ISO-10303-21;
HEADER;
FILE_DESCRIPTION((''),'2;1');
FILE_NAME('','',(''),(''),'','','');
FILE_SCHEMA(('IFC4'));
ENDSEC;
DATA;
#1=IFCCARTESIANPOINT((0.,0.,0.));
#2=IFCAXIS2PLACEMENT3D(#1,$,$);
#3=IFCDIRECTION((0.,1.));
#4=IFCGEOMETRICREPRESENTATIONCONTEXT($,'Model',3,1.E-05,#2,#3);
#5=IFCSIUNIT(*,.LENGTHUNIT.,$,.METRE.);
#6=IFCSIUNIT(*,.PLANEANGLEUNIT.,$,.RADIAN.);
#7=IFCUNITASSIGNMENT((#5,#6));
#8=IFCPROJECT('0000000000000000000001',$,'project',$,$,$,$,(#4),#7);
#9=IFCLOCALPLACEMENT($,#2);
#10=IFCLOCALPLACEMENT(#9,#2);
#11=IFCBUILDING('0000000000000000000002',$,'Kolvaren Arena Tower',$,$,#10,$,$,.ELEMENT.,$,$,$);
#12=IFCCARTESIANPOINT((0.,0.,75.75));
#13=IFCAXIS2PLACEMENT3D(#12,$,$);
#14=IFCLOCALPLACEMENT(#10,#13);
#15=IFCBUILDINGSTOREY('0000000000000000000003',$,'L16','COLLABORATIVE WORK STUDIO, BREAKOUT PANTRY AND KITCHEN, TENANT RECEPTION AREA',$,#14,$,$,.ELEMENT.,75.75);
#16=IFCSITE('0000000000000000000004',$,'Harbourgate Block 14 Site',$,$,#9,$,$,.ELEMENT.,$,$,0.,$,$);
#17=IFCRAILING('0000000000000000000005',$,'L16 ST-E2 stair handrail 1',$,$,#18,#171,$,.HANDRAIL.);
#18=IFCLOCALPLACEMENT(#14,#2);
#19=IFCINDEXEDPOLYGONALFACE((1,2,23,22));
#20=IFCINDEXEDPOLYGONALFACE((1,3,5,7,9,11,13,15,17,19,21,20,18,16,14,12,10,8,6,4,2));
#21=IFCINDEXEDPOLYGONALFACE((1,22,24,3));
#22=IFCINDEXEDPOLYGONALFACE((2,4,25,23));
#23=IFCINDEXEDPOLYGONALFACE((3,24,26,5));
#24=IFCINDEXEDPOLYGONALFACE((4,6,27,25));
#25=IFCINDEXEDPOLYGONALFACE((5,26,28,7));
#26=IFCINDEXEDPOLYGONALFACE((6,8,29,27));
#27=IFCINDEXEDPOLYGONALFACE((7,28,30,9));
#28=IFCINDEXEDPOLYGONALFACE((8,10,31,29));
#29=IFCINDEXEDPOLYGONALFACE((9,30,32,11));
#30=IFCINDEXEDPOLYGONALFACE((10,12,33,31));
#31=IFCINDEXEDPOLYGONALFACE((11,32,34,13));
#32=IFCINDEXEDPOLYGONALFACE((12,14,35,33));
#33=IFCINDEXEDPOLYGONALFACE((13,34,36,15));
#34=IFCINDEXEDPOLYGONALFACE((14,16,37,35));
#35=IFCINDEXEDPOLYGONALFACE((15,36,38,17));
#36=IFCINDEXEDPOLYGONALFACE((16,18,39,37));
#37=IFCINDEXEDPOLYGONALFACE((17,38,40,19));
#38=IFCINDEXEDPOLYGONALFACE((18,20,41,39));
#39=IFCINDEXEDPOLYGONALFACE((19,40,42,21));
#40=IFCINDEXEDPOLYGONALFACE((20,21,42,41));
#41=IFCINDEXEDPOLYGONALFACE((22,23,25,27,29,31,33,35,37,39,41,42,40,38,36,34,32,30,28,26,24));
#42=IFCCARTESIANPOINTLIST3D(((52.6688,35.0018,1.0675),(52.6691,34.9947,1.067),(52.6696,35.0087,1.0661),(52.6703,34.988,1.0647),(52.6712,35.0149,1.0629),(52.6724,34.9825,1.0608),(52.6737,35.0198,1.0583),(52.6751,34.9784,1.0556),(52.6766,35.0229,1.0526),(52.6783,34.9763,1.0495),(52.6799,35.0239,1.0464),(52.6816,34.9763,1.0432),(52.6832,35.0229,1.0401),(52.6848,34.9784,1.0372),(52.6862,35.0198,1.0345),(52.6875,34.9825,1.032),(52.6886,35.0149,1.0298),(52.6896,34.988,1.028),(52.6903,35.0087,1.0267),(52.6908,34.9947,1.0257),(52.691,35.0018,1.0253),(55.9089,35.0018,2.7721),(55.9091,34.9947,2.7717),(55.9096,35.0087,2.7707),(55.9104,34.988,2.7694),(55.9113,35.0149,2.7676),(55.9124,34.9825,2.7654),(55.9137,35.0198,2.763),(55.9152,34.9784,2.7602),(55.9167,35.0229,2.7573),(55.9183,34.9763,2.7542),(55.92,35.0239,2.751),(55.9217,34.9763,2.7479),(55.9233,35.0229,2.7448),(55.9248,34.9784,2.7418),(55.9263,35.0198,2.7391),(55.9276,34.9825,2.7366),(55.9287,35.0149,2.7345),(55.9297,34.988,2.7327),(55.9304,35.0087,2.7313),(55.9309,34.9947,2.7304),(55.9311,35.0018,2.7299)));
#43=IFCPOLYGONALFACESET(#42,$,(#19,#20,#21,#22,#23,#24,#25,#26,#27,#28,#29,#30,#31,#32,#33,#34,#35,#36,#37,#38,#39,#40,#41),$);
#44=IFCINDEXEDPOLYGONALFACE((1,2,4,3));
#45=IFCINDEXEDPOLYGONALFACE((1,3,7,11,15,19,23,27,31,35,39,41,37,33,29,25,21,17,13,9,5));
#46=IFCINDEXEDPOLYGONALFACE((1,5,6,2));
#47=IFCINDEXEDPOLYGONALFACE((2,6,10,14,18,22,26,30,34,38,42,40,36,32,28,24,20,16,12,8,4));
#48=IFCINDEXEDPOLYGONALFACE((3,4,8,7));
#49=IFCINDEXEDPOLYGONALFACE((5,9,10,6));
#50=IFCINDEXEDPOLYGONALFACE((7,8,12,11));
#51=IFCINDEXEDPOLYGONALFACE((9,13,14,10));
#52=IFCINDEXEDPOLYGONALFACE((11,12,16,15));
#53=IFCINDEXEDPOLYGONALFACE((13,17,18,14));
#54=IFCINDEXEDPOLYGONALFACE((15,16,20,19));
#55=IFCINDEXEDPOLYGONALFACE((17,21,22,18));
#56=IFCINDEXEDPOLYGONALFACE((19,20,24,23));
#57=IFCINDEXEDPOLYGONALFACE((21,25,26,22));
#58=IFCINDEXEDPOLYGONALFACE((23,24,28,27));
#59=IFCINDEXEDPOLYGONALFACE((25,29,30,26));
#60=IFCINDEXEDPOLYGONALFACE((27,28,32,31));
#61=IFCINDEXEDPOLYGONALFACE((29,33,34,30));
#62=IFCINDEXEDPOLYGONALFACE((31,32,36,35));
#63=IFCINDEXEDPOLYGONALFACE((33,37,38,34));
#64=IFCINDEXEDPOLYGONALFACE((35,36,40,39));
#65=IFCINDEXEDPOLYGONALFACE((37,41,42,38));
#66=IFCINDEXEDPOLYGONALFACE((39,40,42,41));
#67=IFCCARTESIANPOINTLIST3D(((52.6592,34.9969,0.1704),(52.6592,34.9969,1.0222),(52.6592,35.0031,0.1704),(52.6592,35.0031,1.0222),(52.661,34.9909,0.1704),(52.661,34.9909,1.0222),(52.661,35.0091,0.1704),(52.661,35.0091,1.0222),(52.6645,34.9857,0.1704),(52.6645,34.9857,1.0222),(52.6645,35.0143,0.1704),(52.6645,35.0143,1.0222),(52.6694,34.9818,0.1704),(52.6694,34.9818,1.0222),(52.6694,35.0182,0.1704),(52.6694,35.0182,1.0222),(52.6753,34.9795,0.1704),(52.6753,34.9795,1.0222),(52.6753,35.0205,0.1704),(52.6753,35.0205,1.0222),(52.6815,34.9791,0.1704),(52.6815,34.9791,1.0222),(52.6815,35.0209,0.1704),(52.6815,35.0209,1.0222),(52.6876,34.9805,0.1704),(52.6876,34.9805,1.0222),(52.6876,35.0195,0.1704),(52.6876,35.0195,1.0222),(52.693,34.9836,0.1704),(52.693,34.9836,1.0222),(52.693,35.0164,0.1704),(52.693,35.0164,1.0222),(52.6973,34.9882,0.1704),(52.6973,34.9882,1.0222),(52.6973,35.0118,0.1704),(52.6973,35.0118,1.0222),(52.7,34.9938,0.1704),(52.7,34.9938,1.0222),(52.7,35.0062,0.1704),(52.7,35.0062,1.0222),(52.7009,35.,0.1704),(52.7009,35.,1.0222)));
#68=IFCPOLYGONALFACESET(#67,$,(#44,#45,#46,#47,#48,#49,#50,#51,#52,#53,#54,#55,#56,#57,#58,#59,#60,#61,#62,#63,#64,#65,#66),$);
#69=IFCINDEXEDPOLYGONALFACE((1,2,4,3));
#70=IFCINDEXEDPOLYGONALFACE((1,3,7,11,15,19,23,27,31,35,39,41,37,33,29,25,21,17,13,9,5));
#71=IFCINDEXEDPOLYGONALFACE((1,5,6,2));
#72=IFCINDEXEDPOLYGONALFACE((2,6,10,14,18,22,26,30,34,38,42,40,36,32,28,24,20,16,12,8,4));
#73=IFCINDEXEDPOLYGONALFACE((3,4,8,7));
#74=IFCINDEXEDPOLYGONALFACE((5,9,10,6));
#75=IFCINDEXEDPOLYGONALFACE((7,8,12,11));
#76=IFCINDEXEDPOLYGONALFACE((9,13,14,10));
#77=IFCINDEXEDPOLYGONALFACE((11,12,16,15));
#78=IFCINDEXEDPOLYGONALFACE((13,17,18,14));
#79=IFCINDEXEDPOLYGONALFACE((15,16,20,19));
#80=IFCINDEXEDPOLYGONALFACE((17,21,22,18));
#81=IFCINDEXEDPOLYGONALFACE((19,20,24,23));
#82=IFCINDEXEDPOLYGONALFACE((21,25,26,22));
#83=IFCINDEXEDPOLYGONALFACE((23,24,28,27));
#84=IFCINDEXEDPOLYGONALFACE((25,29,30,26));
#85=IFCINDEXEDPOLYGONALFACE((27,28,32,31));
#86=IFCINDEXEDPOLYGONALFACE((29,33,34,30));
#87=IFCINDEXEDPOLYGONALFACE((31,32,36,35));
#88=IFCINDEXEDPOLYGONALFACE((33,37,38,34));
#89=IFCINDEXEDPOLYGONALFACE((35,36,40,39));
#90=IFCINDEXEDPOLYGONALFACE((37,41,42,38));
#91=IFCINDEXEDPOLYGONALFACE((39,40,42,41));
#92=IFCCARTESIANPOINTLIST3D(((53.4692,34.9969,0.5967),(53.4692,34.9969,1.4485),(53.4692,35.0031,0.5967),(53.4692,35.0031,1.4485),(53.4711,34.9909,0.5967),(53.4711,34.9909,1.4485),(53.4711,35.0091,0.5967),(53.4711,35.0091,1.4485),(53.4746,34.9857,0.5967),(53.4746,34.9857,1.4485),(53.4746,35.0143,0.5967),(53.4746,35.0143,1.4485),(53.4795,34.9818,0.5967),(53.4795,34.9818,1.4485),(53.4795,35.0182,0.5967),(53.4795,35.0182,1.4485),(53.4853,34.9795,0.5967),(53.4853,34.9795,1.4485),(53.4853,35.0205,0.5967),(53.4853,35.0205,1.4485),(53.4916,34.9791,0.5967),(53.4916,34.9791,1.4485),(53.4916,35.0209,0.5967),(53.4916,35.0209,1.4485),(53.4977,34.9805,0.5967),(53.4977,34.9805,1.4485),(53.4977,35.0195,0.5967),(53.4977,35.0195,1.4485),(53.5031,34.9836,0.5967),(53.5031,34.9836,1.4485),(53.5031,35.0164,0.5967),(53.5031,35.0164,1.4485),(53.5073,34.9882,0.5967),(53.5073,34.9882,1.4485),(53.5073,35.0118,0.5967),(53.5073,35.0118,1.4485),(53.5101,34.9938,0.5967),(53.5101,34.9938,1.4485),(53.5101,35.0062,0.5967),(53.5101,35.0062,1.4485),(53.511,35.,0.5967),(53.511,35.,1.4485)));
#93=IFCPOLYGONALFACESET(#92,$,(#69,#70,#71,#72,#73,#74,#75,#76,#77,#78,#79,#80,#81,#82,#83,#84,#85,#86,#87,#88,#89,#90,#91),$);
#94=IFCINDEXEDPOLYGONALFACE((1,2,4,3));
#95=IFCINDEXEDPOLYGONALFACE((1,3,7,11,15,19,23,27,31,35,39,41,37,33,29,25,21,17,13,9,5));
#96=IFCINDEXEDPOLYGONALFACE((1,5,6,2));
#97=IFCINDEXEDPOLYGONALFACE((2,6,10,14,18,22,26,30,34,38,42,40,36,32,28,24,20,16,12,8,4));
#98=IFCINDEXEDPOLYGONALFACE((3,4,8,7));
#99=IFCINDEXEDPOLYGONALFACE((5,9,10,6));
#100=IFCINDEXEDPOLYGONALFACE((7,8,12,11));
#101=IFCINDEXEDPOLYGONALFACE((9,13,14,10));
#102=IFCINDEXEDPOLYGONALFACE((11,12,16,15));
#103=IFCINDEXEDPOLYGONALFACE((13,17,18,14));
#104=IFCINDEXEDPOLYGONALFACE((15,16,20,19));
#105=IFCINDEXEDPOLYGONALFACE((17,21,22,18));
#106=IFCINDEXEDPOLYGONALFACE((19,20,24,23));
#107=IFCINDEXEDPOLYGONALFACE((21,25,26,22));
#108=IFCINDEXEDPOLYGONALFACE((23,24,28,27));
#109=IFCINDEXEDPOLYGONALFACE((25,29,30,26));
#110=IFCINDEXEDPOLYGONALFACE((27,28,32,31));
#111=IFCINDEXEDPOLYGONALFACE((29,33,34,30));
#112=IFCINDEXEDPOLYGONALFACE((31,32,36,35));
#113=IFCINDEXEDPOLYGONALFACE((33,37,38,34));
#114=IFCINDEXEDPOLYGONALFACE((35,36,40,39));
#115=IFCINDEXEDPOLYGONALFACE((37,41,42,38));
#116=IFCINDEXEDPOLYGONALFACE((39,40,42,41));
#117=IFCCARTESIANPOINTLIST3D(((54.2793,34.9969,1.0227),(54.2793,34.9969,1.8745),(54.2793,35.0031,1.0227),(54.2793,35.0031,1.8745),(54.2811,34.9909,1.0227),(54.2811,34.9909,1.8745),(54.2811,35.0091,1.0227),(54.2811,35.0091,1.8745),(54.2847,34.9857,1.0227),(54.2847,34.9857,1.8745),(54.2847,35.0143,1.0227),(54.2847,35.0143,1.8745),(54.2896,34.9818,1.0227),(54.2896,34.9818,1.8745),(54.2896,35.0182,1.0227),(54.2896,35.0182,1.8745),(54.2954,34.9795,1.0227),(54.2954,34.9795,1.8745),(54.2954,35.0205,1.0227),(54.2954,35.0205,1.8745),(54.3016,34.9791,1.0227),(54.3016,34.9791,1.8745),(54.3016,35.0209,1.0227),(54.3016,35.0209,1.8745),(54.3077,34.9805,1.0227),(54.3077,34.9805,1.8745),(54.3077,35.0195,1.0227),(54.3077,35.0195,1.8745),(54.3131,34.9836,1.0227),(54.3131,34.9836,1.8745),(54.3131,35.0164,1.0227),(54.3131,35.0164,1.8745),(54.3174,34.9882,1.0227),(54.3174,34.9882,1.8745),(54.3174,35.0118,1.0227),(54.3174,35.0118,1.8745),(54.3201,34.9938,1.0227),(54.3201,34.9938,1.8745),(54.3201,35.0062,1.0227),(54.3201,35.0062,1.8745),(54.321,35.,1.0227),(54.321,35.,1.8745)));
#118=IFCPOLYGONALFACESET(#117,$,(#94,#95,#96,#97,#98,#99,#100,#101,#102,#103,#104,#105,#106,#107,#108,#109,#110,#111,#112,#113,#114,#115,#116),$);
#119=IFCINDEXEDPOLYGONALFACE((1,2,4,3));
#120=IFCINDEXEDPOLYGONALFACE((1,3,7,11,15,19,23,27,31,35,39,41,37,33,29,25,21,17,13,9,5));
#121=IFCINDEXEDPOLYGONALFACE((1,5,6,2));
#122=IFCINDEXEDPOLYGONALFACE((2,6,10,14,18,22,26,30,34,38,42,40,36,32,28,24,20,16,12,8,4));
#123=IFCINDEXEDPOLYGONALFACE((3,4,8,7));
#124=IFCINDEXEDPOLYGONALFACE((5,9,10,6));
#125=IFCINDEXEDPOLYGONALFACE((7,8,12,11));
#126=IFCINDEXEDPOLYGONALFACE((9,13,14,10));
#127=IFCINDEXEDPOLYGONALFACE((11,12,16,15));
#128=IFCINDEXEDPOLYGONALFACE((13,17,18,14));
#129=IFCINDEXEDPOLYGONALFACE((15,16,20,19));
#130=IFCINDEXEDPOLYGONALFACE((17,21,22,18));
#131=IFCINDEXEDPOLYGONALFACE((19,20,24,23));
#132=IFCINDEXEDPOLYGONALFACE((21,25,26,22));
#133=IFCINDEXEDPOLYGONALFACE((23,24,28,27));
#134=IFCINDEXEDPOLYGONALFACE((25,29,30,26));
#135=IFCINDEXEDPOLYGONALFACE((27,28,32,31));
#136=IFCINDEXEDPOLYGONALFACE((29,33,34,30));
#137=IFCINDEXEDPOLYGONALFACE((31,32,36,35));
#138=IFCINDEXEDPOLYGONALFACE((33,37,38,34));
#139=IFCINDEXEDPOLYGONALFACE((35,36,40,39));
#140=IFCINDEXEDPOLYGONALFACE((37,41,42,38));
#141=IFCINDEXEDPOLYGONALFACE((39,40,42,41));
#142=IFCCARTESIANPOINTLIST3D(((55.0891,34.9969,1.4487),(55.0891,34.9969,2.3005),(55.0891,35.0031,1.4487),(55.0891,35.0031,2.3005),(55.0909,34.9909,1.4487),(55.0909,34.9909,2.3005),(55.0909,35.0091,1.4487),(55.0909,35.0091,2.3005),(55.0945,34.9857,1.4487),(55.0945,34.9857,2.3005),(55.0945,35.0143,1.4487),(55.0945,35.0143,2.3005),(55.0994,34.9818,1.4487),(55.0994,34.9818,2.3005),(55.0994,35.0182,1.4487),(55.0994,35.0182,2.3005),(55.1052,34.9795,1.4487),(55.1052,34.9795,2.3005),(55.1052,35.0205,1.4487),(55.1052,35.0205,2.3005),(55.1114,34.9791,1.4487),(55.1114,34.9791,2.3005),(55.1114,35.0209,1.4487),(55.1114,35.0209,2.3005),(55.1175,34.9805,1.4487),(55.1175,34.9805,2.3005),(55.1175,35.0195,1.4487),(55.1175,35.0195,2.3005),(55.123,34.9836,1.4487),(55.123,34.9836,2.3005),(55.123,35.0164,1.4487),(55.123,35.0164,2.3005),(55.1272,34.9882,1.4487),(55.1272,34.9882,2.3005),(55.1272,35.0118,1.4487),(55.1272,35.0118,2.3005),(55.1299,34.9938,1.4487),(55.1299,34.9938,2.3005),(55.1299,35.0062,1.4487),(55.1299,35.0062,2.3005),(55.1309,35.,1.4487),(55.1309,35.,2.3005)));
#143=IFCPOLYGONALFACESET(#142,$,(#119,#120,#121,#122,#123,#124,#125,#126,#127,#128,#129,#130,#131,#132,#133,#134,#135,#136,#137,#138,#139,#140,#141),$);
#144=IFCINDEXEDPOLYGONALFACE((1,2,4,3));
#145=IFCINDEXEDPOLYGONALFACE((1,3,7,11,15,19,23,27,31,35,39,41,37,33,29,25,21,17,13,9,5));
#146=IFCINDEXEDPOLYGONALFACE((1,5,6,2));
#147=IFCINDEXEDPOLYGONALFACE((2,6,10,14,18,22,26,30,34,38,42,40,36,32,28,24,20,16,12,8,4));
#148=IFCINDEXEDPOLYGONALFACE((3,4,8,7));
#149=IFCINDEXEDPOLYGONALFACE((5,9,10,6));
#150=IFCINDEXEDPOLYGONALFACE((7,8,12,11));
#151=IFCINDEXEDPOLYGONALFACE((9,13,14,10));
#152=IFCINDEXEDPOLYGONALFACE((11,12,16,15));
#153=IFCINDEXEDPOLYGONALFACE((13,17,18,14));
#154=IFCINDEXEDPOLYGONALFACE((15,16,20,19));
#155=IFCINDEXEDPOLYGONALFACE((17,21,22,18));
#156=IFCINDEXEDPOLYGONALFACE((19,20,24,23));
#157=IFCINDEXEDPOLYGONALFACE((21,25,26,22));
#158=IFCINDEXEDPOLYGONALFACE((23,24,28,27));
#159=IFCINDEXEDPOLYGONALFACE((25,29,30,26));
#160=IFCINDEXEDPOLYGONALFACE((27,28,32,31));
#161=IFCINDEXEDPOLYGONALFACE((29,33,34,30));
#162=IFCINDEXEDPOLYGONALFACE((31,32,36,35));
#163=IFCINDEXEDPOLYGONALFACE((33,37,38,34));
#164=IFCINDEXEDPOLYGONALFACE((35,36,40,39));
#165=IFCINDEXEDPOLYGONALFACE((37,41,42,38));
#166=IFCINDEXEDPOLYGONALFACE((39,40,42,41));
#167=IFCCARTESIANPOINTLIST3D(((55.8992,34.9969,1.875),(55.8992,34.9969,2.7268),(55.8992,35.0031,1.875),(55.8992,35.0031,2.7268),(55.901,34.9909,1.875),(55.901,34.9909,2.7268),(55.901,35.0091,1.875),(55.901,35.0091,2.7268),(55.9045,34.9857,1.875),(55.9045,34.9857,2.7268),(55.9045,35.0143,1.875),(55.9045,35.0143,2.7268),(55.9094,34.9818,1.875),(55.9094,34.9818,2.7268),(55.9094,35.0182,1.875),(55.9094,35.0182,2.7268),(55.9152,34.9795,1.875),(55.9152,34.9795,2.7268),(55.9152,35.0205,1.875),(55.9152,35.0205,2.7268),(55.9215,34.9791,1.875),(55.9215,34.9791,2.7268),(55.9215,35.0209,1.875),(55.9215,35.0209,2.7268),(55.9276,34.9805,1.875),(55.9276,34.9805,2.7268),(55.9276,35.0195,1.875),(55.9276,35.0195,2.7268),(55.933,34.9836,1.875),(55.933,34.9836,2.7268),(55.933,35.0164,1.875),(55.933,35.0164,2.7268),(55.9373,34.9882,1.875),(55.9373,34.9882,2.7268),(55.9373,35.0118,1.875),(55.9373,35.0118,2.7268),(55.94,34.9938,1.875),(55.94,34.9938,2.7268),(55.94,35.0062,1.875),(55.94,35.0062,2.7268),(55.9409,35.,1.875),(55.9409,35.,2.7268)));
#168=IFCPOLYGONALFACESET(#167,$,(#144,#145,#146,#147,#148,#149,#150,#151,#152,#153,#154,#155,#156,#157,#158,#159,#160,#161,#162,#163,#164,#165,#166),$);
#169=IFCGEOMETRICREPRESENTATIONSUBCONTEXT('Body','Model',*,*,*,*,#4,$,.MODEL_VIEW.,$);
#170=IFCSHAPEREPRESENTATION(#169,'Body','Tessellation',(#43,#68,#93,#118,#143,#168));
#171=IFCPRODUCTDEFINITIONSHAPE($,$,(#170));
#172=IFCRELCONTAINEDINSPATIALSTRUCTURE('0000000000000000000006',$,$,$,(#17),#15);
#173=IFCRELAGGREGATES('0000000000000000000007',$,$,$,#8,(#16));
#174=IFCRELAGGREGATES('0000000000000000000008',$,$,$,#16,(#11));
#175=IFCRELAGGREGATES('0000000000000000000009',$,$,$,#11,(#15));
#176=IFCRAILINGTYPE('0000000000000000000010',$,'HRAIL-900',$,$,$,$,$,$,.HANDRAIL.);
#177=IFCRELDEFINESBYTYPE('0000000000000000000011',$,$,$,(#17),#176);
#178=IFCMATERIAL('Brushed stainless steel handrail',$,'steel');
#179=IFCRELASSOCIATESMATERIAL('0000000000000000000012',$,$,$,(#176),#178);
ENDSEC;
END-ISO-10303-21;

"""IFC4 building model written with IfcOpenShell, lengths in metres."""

from ifc_helpers import new_model, si_unit, direction, frame, origin, origin_2d, place, context, subcontext, project, spatial, circle, extrude, material, type_object, element, save


model = new_model("IFC4")

# Units and contexts
model_context = context("Model", 3, precision=1e-05, world=origin(), true_north=direction((0.0, 1.0)))
body_context = subcontext(model_context, "Body", "Model", "MODEL_VIEW")
ifc_project = project(units=[si_unit("LENGTHUNIT", "METRE"), si_unit("PLANEANGLEUNIT", "RADIAN")], contexts=[model_context])

# Site, building, storey
site_placement = place(None, origin())
site = spatial("IfcSite", under=ifc_project, at=site_placement, Name="Harbourgate Block 14 Site", CompositionType="ELEMENT", RefElevation=0.0)
building_placement = place(site_placement, origin())
building = spatial("IfcBuilding", under=site, at=building_placement, Name="Kolvaren Arena Tower", CompositionType="ELEMENT")
storey_placement = place(building_placement, frame((0.0, 0.0, 75.75)))
storey = spatial("IfcBuildingStorey", under=building, at=storey_placement, Name="L16", Description="COLLABORATIVE WORK STUDIO, BREAKOUT PANTRY AND KITCHEN, TENANT RECEPTION AREA", CompositionType="ELEMENT", Elevation=75.75)

# Railing
ifc_material_1 = material(Name="Brushed stainless steel handrail", Category="steel")
railing_type_1 = type_object("IfcRailingType", Name="HRAIL-900", PredefinedType="HANDRAIL", material=ifc_material_1)
for number, where, name in (
    (1, (52.6799, 35.0, 0.1704), "L16 ST-E2 stair handrail 1"),
):
    element("IfcRailing", number, at=place(storey_placement, frame(where)), inside=storey, type_object=railing_type_1, Name=name, PredefinedType="HANDRAIL", context=body_context, shape_type="SweptSolid", body=[
        extrude(circle(Radius=0.0239, at=origin_2d()), frame((0.0, 0.0, 0.876), z_axis=(0.884993, 0.0, 0.465604), x_axis=(0.0, 1.0, 0.0)), (0.0, 0.0, 1.0), 3.6611),
        extrude(circle(Radius=0.021, at=origin_2d()), origin(), (0.0, 0.0, 1.0), 0.8518),
        extrude(circle(Radius=0.021, at=origin_2d()), frame((0.8101, 0.0, 0.4263)), (0.0, 0.0, 1.0), 0.8518),
        extrude(circle(Radius=0.021, at=origin_2d()), frame((1.6201, 0.0, 0.8523)), (0.0, 0.0, 1.0), 0.8518),
        extrude(circle(Radius=0.021, at=origin_2d()), frame((2.4299, 0.0, 1.2783)), (0.0, 0.0, 1.0), 0.8518),
        extrude(circle(Radius=0.021, at=origin_2d()), frame((3.24, 0.0, 1.7046)), (0.0, 0.0, 1.0), 0.8518),
    ])

save(model, "model.ifc")
